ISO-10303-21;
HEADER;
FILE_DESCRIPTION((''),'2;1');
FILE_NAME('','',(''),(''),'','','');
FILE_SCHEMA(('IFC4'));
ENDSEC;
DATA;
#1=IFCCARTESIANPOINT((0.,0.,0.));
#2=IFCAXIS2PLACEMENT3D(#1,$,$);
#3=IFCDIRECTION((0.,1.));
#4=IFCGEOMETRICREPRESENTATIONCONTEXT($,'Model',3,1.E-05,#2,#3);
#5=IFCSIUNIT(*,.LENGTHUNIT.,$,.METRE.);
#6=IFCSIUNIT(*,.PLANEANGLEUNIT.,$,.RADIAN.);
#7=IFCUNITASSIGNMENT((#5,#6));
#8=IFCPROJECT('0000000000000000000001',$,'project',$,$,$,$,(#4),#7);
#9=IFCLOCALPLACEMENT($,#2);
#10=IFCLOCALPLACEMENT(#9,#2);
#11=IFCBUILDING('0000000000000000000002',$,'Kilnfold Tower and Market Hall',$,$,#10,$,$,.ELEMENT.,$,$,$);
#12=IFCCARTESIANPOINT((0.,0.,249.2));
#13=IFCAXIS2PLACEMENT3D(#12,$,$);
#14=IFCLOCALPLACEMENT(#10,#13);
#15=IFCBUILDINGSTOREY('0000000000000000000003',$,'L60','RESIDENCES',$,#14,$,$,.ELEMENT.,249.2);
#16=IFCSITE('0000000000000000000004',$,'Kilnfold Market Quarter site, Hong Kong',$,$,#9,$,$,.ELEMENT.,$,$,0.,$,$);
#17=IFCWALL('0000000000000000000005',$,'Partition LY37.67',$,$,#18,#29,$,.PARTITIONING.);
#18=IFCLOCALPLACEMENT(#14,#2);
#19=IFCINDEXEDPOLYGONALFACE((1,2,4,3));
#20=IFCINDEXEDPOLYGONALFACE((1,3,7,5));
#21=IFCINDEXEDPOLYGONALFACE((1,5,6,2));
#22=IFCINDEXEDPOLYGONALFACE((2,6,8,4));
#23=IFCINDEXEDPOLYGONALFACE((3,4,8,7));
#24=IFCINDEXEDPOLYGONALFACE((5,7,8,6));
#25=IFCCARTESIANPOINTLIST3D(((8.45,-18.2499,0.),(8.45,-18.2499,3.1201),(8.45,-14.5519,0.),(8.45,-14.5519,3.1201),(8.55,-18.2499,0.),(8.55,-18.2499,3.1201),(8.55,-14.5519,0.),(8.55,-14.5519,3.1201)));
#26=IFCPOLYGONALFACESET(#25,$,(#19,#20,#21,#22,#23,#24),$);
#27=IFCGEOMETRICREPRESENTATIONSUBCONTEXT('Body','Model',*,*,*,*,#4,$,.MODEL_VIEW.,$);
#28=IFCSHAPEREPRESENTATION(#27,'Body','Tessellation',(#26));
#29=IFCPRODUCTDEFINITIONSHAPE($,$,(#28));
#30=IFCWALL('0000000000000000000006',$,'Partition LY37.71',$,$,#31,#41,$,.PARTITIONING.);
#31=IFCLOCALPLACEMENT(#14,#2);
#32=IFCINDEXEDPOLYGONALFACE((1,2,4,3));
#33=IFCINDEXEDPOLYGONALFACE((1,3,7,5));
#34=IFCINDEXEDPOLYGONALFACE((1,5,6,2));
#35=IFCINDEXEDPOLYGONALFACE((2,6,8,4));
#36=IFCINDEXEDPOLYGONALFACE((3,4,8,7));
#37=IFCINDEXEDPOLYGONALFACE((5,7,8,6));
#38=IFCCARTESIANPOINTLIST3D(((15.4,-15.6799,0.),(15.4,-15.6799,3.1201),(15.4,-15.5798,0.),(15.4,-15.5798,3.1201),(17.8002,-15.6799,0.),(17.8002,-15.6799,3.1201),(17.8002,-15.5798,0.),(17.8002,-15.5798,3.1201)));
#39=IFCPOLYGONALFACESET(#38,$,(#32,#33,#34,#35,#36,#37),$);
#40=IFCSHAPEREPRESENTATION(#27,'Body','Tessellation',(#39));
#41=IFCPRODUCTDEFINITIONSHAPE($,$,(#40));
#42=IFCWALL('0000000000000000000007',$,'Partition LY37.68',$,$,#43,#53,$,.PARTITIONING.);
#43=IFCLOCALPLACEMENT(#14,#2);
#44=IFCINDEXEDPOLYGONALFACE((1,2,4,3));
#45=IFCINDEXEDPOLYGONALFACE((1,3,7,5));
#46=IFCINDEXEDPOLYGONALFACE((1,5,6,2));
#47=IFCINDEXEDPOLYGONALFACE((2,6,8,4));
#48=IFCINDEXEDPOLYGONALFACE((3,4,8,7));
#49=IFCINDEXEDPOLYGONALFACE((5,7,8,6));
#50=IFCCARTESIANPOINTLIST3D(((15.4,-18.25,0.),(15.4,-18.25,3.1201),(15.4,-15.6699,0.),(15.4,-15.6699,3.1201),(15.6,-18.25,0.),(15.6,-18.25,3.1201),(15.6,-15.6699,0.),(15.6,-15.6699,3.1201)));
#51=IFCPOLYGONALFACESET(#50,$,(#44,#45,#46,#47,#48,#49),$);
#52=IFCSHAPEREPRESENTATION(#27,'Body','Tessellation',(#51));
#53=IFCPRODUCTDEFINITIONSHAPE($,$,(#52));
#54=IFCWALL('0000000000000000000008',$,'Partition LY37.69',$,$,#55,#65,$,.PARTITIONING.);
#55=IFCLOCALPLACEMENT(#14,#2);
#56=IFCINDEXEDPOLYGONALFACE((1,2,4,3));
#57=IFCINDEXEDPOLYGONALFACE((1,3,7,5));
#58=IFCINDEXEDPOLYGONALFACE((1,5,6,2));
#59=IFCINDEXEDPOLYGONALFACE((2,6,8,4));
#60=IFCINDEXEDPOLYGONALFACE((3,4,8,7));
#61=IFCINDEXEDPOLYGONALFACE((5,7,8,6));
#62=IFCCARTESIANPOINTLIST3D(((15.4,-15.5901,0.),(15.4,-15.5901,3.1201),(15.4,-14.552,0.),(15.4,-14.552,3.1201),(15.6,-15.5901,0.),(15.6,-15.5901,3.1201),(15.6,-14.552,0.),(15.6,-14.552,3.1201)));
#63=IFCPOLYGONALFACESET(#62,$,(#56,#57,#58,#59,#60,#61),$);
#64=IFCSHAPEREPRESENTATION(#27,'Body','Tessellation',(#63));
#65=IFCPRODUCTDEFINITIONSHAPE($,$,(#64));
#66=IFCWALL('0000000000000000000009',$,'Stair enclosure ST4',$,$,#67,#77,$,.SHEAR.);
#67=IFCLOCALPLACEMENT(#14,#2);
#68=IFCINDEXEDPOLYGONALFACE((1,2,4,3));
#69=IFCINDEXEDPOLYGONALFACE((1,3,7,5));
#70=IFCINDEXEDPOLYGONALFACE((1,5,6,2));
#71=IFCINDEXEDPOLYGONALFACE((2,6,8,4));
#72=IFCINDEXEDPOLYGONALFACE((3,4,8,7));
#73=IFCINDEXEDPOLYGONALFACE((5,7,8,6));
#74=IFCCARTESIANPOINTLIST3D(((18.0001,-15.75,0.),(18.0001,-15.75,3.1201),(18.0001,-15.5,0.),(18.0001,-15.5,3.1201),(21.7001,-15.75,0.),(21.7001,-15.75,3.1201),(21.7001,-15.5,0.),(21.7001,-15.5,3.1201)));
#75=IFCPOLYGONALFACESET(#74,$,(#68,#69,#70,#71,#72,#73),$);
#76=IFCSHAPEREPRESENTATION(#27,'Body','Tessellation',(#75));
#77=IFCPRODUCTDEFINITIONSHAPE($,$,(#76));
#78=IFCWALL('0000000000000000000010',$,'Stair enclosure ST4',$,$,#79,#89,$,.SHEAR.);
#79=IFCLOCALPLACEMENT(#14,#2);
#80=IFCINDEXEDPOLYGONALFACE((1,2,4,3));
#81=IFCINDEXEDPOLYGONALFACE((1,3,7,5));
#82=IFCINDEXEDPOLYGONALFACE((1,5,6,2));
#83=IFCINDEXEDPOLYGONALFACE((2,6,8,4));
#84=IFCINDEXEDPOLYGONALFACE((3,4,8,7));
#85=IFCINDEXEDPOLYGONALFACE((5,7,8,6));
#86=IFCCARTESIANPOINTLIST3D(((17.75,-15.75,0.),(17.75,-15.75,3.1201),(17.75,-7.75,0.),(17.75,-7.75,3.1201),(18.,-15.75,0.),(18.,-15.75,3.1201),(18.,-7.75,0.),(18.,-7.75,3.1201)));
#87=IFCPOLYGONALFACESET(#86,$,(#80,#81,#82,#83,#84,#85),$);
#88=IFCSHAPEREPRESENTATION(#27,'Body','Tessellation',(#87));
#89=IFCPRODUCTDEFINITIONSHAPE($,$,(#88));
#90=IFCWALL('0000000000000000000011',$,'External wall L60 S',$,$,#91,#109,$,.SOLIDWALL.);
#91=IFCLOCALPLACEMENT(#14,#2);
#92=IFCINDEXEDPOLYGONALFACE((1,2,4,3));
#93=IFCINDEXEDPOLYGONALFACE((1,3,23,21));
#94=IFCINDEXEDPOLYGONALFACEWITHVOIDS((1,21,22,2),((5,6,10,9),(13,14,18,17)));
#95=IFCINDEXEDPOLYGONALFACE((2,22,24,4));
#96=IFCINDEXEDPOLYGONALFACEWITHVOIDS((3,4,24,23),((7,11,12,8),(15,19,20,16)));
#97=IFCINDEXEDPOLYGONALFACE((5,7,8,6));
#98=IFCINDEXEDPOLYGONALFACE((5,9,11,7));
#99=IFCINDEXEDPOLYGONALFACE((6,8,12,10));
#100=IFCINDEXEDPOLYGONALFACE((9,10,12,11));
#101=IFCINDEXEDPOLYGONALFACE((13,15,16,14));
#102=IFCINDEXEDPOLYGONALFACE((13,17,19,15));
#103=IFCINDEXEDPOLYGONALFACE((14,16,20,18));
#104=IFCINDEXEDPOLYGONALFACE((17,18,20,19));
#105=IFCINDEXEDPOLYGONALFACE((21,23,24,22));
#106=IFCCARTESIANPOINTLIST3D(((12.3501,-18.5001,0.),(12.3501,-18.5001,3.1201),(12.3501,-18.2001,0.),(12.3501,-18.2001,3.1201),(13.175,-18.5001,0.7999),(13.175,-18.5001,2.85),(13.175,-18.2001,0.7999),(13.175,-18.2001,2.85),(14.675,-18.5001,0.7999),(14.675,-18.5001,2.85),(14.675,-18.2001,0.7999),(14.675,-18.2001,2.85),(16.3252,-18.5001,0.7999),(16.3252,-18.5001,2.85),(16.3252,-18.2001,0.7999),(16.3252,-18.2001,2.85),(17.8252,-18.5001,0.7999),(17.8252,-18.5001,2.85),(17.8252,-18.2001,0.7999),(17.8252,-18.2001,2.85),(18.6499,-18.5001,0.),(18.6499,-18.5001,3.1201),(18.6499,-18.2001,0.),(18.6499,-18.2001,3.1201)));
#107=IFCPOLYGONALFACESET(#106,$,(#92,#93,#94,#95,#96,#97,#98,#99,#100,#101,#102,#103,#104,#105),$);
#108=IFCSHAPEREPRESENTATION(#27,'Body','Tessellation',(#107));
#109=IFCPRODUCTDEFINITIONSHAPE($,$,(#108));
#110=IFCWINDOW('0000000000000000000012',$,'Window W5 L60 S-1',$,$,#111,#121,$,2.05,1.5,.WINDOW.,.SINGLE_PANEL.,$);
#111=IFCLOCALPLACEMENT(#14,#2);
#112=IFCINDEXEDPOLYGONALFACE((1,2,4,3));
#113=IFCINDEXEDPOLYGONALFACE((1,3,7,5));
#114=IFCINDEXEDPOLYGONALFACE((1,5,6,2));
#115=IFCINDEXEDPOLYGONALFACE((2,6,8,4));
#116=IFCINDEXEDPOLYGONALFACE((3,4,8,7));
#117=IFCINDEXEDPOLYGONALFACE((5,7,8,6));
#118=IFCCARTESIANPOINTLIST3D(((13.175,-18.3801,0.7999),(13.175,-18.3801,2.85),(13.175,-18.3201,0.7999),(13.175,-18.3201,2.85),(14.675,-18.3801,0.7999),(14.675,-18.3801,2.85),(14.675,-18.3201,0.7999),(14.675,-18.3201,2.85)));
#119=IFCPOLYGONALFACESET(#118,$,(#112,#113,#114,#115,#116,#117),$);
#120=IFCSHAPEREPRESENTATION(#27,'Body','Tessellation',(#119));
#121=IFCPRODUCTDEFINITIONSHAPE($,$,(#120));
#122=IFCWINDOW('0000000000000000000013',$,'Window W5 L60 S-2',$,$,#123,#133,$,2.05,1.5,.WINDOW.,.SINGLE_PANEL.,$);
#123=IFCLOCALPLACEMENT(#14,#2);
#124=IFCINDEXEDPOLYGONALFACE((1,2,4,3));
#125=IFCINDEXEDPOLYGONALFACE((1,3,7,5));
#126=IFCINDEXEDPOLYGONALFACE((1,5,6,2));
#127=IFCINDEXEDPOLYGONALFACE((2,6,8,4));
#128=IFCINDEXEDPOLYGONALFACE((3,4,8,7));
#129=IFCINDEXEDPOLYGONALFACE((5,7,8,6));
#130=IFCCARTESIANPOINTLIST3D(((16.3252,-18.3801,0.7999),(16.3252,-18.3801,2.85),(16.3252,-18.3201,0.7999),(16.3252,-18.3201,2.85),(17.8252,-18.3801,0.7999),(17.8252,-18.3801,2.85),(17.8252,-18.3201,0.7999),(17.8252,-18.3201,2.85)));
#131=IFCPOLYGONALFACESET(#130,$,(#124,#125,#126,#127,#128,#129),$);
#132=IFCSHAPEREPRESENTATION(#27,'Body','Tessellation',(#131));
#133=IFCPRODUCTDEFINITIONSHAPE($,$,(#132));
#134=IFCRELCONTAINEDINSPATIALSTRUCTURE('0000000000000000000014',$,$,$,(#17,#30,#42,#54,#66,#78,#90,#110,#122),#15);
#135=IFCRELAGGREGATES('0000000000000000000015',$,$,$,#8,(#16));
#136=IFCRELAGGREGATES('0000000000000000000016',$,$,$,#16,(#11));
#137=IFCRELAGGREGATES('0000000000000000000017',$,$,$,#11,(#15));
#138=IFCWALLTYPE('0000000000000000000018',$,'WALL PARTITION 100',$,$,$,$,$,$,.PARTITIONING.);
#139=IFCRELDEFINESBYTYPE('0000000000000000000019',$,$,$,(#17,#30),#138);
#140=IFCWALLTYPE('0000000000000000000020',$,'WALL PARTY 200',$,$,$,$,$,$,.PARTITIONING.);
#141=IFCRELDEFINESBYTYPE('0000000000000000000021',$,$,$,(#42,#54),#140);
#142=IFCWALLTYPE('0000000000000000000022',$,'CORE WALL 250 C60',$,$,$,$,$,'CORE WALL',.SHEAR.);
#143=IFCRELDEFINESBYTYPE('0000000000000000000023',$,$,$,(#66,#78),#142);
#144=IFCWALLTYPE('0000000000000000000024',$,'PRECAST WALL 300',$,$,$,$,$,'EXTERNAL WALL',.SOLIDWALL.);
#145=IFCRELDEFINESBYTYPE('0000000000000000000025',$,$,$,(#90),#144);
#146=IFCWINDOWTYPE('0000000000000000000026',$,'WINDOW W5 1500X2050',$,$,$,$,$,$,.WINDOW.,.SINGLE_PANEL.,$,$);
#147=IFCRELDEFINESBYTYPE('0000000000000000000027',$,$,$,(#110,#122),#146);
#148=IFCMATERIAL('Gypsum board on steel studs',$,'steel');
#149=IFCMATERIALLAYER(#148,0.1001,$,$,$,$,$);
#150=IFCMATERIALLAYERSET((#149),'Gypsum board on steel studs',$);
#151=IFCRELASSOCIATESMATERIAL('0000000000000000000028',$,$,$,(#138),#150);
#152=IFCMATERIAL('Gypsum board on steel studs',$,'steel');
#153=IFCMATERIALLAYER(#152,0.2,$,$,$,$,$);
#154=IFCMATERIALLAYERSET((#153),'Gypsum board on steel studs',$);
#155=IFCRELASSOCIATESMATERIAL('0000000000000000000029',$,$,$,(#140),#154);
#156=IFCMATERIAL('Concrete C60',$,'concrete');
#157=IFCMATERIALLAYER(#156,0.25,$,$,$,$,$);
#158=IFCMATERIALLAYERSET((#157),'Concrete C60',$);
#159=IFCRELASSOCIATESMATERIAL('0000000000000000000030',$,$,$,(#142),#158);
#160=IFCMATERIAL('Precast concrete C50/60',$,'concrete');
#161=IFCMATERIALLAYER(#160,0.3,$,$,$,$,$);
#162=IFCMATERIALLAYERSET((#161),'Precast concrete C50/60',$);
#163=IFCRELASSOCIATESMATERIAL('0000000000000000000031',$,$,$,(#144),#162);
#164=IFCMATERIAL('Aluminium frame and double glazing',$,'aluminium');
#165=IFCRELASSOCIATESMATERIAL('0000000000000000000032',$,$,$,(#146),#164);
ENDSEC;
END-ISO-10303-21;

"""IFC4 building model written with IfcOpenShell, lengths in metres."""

from ifc_helpers import new_model, si_unit, direction, frame, frame_2d, origin, place, context, subcontext, project, spatial, rectangle, extrude, source, transform, mapped, material, layer, layer_set, type_object, element, fill, save


model = new_model("IFC4")

# Units and contexts
model_context = context("Model", 3, precision=1e-05, world=origin(), true_north=direction((0.0, 1.0)))
body_context = subcontext(model_context, "Body", "Model", "MODEL_VIEW")
ifc_project = project(units=[si_unit("LENGTHUNIT", "METRE"), si_unit("PLANEANGLEUNIT", "RADIAN")], contexts=[model_context])

# Site, building, storey
site_placement = place(None, origin())
site = spatial("IfcSite", under=ifc_project, at=site_placement, Name="Kilnfold Market Quarter site, Hong Kong", CompositionType="ELEMENT", RefElevation=0.0)
building_placement = place(site_placement, origin())
building = spatial("IfcBuilding", under=site, at=building_placement, Name="Kilnfold Tower and Market Hall", CompositionType="ELEMENT")
storey_placement = place(building_placement, frame((0.0, 0.0, 249.2)))
storey = spatial("IfcBuildingStorey", under=building, at=storey_placement, Name="L60", Description="RESIDENCES", CompositionType="ELEMENT", Elevation=249.2)

# Shared definitions
ifc_material_1 = material(Name="Gypsum board on steel studs", Category="steel")
ifc_layer_1 = layer(ifc_material_1, 0.1001)
ifc_layer_set_1 = layer_set([ifc_layer_1], Name="Gypsum board on steel studs")
wall_type_1 = type_object("IfcWallType", Name="WALL PARTITION 100", PredefinedType="PARTITIONING", material=ifc_layer_set_1)

# Walls
wall_1_placement = place(storey_placement, frame((8.5, -18.25, 0.0), z_axis=(0.0, 0.0, 1.0), x_axis=(0.0, 1.0, 0.0)))
element("IfcWall", 1, at=wall_1_placement, inside=storey, type_object=wall_type_1, Name="Partition LY37.67", PredefinedType="PARTITIONING", context=body_context, shape_type="SweptSolid", body=[
    extrude(rectangle(XDim=3.698, YDim=0.1001, at=frame_2d((1.8491, 0.0))), origin(), (0.0, 0.0, 1.0), 3.1201),
])
wall_2_placement = place(storey_placement, frame((15.3999, -15.6299, 0.0), z_axis=(0.0, 0.0, 1.0), x_axis=(1.0, 0.0, 0.0)))
element("IfcWall", 2, at=wall_2_placement, inside=storey, type_object=wall_type_1, Name="Partition LY37.71", PredefinedType="PARTITIONING", context=body_context, shape_type="SweptSolid", body=[
    extrude(rectangle(XDim=2.4001, YDim=0.1001, at=frame_2d((1.2002, 0.0))), origin(), (0.0, 0.0, 1.0), 3.1201),
])
ifc_material_2 = material(Name="Gypsum board on steel studs", Category="steel")
ifc_layer_2 = layer(ifc_material_2, 0.2)
ifc_layer_set_2 = layer_set([ifc_layer_2], Name="Gypsum board on steel studs")
wall_type_2 = type_object("IfcWallType", Name="WALL PARTY 200", PredefinedType="PARTITIONING", material=ifc_layer_set_2)
wall_3_placement = place(storey_placement, frame((15.5, -18.25, 0.0), z_axis=(0.0, 0.0, 1.0), x_axis=(0.0, 1.0, 0.0)))
element("IfcWall", 3, at=wall_3_placement, inside=storey, type_object=wall_type_2, Name="Partition LY37.68", PredefinedType="PARTITIONING", context=body_context, shape_type="SweptSolid", body=[
    extrude(rectangle(XDim=2.5801, YDim=0.2, at=frame_2d((1.29, 0.0))), origin(), (0.0, 0.0, 1.0), 3.1201),
])
wall_4_placement = place(storey_placement, frame((15.5, -15.5901, 0.0), z_axis=(0.0, 0.0, 1.0), x_axis=(0.0, 1.0, 0.0)))
element("IfcWall", 4, at=wall_4_placement, inside=storey, type_object=wall_type_2, Name="Partition LY37.69", PredefinedType="PARTITIONING", context=body_context, shape_type="SweptSolid", body=[
    extrude(rectangle(XDim=1.0381, YDim=0.2, at=frame_2d((0.519, 0.0))), origin(), (0.0, 0.0, 1.0), 3.1201),
])
ifc_material_3 = material(Name="Concrete C60", Category="concrete")
ifc_layer_3 = layer(ifc_material_3, 0.25)
ifc_layer_set_3 = layer_set([ifc_layer_3], Name="Concrete C60")
wall_type_3 = type_object("IfcWallType", Name="CORE WALL 250 C60", ElementType="CORE WALL", PredefinedType="SHEAR", material=ifc_layer_set_3)
shared_shape_1 = source(origin(), body_context, "Body", "SweptSolid", [
    extrude(rectangle(XDim=3.7, YDim=0.25, at=frame_2d((1.8501, 0.0))), origin(), (0.0, 0.0, 1.0), 3.1201),
])
wall_5_placement = place(storey_placement, frame((18.0, -15.625, 0.0), z_axis=(0.0, 0.0, 1.0), x_axis=(1.0, 0.0, 0.0)))
element("IfcWall", 5, at=wall_5_placement, inside=storey, type_object=wall_type_3, Name="Stair enclosure ST4", PredefinedType="SHEAR", context=body_context, shape_type="MappedRepresentation", body=[
    mapped(shared_shape_1, transform((0.0, 0.0, 0.0))),
])
shared_shape_2 = source(origin(), body_context, "Body", "SweptSolid", [
    extrude(rectangle(XDim=8.0, YDim=0.25, at=frame_2d((4.0, 0.0))), origin(), (0.0, 0.0, 1.0), 3.1201),
])
wall_6_placement = place(storey_placement, frame((17.875, -15.75, 0.0), z_axis=(0.0, 0.0, 1.0), x_axis=(0.0, 1.0, 0.0)))
element("IfcWall", 6, at=wall_6_placement, inside=storey, type_object=wall_type_3, Name="Stair enclosure ST4", PredefinedType="SHEAR", context=body_context, shape_type="MappedRepresentation", body=[
    mapped(shared_shape_2, transform((0.0, 0.0, 0.0))),
])

# Wall, openings, windows
ifc_material_4 = material(Name="Precast concrete C50/60", Category="concrete")
ifc_layer_4 = layer(ifc_material_4, 0.3)
ifc_layer_set_4 = layer_set([ifc_layer_4], Name="Precast concrete C50/60")
wall_type_4 = type_object("IfcWallType", Name="PRECAST WALL 300", ElementType="EXTERNAL WALL", PredefinedType="SOLIDWALL", material=ifc_layer_set_4)
shared_shape_3 = source(origin(), body_context, "Body", "SweptSolid", [
    extrude(rectangle(XDim=6.2998, YDim=0.3, at=frame_2d((3.1499, 0.0))), origin(), (0.0, 0.0, 1.0), 3.1201),
])
wall_7_placement = place(storey_placement, frame((12.3501, -18.3501, 0.0), z_axis=(0.0, 0.0, 1.0), x_axis=(1.0, 0.0, 0.0)))
wall_7 = element("IfcWall", 7, at=wall_7_placement, inside=storey, type_object=wall_type_4, Name="External wall L60 S", PredefinedType="SOLIDWALL", context=body_context, shape_type="MappedRepresentation", body=[
    mapped(shared_shape_3, transform((0.0, 0.0, 0.0))),
])
opening_1_placement = place(wall_7_placement, frame((0.825, 0.0, 0.8)))
opening_1 = element("IfcOpeningElement", 8, at=opening_1_placement, cuts=wall_7, PredefinedType="OPENING", context=body_context, shape_type="SweptSolid", body=[
    extrude(rectangle(XDim=1.5, YDim=2.05, at=frame_2d((0.75, 1.0249))), frame((0.0, 0.1602, 0.0), z_axis=(0.0, -1.0, 0.0), x_axis=(1.0, 0.0, 0.0)), (0.0, 0.0, 1.0), 0.3201),
])
opening_2_placement = place(wall_7_placement, frame((3.9751, 0.0, 0.8)))
opening_2 = element("IfcOpeningElement", 9, at=opening_2_placement, cuts=wall_7, PredefinedType="OPENING", context=body_context, shape_type="SweptSolid", body=[
    extrude(rectangle(XDim=1.5, YDim=2.05, at=frame_2d((0.75, 1.0249))), frame((0.0, 0.1602, 0.0), z_axis=(0.0, -1.0, 0.0), x_axis=(1.0, 0.0, 0.0)), (0.0, 0.0, 1.0), 0.3201),
])
ifc_material_5 = material(Name="Aluminium frame and double glazing", Category="aluminium")
window_type = type_object("IfcWindowType", Name="WINDOW W5 1500X2050", PartitioningType="SINGLE_PANEL", PredefinedType="WINDOW", material=ifc_material_5)
window_1_placement = place(opening_1_placement, origin())
window_1 = element("IfcWindow", 10, at=window_1_placement, inside=storey, type_object=window_type, Name="Window W5 L60 S-1", OverallHeight=2.05, OverallWidth=1.5, PartitioningType="SINGLE_PANEL", PredefinedType="WINDOW", context=body_context, shape_type="SweptSolid", body=[
    extrude(rectangle(XDim=1.5, YDim=2.05, at=frame_2d((0.75, 1.0249))), frame((0.0, 0.03, 0.0), z_axis=(0.0, -1.0, 0.0), x_axis=(1.0, 0.0, 0.0)), (0.0, 0.0, 1.0), 0.0601),
])
fill(opening_1, window_1)
window_2_placement = place(opening_2_placement, origin())
window_2 = element("IfcWindow", 11, at=window_2_placement, inside=storey, type_object=window_type, Name="Window W5 L60 S-2", OverallHeight=2.05, OverallWidth=1.5, PartitioningType="SINGLE_PANEL", PredefinedType="WINDOW", context=body_context, shape_type="SweptSolid", body=[
    extrude(rectangle(XDim=1.5, YDim=2.05, at=frame_2d((0.75, 1.0249))), frame((0.0, 0.03, 0.0), z_axis=(0.0, -1.0, 0.0), x_axis=(1.0, 0.0, 0.0)), (0.0, 0.0, 1.0), 0.0601),
])
fill(opening_2, window_2)

save(model, "model.ifc")
